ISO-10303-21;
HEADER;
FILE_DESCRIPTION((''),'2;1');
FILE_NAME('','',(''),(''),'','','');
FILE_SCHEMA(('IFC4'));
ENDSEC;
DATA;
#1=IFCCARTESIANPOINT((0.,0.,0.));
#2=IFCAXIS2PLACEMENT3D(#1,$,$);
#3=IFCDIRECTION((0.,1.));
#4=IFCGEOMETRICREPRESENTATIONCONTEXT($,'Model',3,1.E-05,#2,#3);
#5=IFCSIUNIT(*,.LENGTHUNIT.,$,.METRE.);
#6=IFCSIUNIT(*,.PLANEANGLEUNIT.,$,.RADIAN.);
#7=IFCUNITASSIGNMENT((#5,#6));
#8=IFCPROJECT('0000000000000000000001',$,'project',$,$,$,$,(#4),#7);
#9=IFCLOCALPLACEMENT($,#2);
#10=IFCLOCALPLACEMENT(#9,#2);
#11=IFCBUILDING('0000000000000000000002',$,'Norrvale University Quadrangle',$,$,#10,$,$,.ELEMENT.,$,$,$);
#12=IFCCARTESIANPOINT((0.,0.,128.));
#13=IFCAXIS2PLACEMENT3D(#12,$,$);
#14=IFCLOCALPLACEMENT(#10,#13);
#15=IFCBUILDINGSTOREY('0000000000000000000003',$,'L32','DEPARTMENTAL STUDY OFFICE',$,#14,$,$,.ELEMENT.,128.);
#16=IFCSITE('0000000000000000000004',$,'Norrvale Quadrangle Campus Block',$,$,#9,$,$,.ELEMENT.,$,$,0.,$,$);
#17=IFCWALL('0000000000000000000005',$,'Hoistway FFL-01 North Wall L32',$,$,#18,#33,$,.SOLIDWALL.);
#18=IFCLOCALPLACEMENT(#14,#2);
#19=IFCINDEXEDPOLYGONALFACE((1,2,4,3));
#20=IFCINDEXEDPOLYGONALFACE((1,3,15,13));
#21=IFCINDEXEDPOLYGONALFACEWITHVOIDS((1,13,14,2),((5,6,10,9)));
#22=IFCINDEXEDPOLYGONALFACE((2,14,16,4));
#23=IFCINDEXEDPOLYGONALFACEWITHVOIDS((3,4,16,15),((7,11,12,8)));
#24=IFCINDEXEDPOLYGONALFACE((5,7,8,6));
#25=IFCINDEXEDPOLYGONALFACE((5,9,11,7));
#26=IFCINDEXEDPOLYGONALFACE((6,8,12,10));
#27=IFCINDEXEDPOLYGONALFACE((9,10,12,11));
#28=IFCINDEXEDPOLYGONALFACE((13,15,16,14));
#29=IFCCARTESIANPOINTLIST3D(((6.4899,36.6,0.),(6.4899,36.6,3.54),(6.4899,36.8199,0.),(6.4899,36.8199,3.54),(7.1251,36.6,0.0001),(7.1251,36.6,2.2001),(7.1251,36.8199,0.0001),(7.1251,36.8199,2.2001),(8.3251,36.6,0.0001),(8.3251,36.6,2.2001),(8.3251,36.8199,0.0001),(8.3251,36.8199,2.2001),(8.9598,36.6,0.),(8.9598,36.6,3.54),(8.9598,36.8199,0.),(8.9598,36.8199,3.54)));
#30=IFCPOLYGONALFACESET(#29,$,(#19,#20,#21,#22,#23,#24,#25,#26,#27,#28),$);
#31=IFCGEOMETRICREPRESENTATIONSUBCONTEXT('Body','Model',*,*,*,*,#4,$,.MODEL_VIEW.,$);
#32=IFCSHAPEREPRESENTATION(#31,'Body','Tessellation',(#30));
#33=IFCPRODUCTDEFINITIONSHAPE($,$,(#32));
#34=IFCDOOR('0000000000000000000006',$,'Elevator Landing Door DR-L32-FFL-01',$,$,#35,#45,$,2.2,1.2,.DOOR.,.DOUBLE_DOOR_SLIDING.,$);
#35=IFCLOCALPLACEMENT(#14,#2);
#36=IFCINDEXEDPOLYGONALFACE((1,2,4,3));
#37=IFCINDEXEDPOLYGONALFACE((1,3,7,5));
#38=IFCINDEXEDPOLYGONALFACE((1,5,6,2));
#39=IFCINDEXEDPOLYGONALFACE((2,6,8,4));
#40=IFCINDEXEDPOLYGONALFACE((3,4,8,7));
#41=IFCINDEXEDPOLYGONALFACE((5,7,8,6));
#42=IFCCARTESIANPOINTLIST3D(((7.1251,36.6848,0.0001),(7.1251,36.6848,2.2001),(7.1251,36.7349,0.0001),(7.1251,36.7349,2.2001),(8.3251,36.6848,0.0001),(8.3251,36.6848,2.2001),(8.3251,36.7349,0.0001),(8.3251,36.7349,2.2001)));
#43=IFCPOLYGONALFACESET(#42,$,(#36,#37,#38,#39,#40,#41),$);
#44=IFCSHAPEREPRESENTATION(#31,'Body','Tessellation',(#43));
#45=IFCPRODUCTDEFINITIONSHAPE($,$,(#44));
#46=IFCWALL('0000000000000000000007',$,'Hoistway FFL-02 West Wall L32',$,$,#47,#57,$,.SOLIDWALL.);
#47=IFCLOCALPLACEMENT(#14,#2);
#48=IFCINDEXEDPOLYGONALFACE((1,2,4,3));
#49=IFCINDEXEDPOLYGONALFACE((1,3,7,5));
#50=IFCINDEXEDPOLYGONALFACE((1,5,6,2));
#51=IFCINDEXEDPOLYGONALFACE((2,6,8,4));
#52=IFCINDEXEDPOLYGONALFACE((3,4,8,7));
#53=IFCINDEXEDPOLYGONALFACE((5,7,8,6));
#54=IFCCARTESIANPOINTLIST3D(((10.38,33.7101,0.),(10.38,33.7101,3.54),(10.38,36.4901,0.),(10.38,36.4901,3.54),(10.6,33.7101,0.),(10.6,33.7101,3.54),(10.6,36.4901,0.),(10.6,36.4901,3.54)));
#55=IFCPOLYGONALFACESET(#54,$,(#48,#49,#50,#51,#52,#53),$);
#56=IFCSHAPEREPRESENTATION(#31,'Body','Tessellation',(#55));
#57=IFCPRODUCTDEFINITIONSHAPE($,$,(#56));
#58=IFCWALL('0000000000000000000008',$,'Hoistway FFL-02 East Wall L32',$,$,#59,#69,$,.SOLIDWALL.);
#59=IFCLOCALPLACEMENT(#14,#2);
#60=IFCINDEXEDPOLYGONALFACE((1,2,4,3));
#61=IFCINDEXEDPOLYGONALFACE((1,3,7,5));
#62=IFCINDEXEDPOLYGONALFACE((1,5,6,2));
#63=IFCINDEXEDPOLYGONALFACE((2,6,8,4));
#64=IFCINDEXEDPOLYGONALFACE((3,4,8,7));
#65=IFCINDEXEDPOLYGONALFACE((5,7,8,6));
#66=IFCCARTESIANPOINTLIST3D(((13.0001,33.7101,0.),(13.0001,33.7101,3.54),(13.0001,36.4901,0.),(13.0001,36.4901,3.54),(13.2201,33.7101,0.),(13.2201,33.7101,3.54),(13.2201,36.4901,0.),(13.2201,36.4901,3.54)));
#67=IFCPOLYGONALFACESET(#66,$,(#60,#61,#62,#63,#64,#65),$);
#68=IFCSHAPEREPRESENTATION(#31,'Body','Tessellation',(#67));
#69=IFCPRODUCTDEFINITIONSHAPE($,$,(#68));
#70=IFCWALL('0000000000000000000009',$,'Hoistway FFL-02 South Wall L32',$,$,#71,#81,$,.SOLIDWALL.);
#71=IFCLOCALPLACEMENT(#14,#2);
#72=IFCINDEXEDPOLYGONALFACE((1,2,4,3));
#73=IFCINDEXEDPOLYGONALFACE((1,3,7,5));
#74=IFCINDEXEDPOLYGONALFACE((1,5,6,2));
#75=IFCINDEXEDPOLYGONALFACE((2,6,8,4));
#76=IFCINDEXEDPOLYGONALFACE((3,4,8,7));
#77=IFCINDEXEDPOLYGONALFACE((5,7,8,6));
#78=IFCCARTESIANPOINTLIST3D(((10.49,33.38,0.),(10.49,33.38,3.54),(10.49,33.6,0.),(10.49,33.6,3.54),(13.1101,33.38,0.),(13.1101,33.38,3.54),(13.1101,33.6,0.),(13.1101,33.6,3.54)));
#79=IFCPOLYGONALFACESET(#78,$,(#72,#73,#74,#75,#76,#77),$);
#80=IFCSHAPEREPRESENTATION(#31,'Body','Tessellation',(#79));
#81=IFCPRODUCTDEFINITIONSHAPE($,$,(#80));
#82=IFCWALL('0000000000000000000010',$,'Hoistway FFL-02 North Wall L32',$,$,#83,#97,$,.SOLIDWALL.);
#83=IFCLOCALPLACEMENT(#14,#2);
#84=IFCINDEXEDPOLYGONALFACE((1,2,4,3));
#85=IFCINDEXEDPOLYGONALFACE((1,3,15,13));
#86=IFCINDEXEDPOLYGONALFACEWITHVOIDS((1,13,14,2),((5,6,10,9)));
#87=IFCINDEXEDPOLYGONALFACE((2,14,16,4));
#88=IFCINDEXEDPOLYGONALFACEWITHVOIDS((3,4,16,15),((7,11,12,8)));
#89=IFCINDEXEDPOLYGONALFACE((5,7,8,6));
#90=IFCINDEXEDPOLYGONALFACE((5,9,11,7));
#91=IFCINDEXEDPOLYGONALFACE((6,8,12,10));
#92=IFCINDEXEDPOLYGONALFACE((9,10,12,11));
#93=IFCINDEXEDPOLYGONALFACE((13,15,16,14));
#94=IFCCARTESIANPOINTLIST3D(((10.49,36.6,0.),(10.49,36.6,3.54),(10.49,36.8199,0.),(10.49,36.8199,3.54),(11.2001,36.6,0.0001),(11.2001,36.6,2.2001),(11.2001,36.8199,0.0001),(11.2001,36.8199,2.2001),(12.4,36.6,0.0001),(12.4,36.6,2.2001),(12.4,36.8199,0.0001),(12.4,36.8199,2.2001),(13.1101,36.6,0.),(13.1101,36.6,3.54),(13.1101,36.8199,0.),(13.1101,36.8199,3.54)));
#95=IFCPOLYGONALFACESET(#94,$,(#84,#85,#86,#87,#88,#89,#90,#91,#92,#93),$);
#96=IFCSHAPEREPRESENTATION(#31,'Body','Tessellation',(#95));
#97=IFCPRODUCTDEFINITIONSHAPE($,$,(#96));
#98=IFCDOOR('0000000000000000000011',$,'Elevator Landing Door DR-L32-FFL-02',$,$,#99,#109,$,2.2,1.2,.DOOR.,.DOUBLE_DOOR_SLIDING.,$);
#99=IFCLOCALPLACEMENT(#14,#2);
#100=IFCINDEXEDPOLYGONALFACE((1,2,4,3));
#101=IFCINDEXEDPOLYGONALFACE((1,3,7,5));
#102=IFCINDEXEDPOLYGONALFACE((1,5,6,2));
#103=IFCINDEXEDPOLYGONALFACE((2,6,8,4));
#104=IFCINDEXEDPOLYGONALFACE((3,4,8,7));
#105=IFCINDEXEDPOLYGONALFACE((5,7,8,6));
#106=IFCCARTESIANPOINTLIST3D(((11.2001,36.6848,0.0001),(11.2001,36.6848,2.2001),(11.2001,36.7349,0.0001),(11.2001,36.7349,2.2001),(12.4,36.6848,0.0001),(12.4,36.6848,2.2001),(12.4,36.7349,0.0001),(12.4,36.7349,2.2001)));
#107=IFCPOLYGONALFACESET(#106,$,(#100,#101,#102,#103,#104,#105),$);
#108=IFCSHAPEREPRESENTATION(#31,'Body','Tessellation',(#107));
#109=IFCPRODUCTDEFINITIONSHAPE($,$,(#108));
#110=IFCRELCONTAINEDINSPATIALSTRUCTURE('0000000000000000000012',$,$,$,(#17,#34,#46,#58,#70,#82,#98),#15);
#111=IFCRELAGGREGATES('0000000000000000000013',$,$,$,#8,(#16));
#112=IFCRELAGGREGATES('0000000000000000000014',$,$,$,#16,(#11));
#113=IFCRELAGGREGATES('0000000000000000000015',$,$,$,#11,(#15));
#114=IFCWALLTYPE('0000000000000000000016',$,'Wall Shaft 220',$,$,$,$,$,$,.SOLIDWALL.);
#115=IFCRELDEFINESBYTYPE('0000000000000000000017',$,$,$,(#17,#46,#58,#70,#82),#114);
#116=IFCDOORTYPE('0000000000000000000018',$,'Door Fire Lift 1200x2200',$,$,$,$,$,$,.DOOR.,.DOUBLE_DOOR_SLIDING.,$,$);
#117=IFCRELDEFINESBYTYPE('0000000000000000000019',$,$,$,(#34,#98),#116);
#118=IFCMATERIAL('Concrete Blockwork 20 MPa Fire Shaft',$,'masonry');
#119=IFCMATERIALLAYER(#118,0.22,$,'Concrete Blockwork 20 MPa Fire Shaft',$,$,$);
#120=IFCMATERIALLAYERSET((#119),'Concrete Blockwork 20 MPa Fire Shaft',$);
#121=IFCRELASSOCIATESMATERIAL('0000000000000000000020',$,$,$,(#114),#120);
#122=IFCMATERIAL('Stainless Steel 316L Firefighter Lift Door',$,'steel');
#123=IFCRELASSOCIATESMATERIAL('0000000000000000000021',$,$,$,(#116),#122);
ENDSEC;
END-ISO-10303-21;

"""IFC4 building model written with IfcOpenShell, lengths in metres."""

from ifc_helpers import new_model, si_unit, direction, frame, frame_2d, origin, place, context, subcontext, project, spatial, rectangle, extrude, material, layer, layer_set, type_object, element, fill, save


model = new_model("IFC4")

# Units and contexts
model_context = context("Model", 3, precision=1e-05, world=origin(), true_north=direction((0.0, 1.0)))
body_context = subcontext(model_context, "Body", "Model", "MODEL_VIEW")
ifc_project = project(units=[si_unit("LENGTHUNIT", "METRE"), si_unit("PLANEANGLEUNIT", "RADIAN")], contexts=[model_context])

# Site, building, storey
site_placement = place(None, origin())
site = spatial("IfcSite", under=ifc_project, at=site_placement, Name="Norrvale Quadrangle Campus Block", CompositionType="ELEMENT", RefElevation=0.0)
building_placement = place(site_placement, origin())
building = spatial("IfcBuilding", under=site, at=building_placement, Name="Norrvale University Quadrangle", CompositionType="ELEMENT")
storey_placement = place(building_placement, frame((0.0, 0.0, 128.0)))
storey = spatial("IfcBuildingStorey", under=building, at=storey_placement, Name="L32", Description="DEPARTMENTAL STUDY OFFICE", CompositionType="ELEMENT", Elevation=128.0)

# Shared definitions
ifc_material_1 = material(Name="Concrete Blockwork 20 MPa Fire Shaft", Category="masonry")
ifc_layer_1 = layer(ifc_material_1, 0.22, Name="Concrete Blockwork 20 MPa Fire Shaft")
ifc_layer_set_1 = layer_set([ifc_layer_1], Name="Concrete Blockwork 20 MPa Fire Shaft")
wall_type_1 = type_object("IfcWallType", Name="Wall Shaft 220", PredefinedType="SOLIDWALL", material=ifc_layer_set_1)

# Wall, opening, door
wall_1_placement = place(storey_placement, frame((6.49, 36.71, 0.0), z_axis=(0.0, 0.0, 1.0), x_axis=(1.0, 0.0, 0.0)))
wall_1 = element("IfcWall", 1, at=wall_1_placement, inside=storey, type_object=wall_type_1, Name="Hoistway FFL-01 North Wall L32", PredefinedType="SOLIDWALL", context=body_context, shape_type="SweptSolid", body=[
    extrude(rectangle(XDim=2.47, YDim=0.22, at=frame_2d((1.2349, 0.0))), origin(), (0.0, 0.0, 1.0), 3.54),
])
opening_1_placement = place(wall_1_placement, frame((0.635, 0.0, 0.0)))
opening_1 = element("IfcOpeningElement", 2, at=opening_1_placement, cuts=wall_1, PredefinedType="OPENING", context=body_context, shape_type="SweptSolid", body=[
    extrude(rectangle(XDim=1.2, YDim=2.2, at=frame_2d((0.6001, 1.1001))), frame((0.0, 0.1221, 0.0), z_axis=(0.0, -1.0, 0.0), x_axis=(1.0, 0.0, 0.0)), (0.0, 0.0, 1.0), 0.2439),
])
ifc_material_2 = material(Name="Stainless Steel 316L Firefighter Lift Door", Category="steel")
door_type = type_object("IfcDoorType", Name="Door Fire Lift 1200x2200", OperationType="DOUBLE_DOOR_SLIDING", PredefinedType="DOOR", material=ifc_material_2)
door_1_placement = place(opening_1_placement, origin())
door_1 = element("IfcDoor", 3, at=door_1_placement, inside=storey, type_object=door_type, Name="Elevator Landing Door DR-L32-FFL-01", OperationType="DOUBLE_DOOR_SLIDING", OverallHeight=2.2, OverallWidth=1.2, PredefinedType="DOOR", context=body_context, shape_type="SweptSolid", body=[
    extrude(rectangle(XDim=1.2, YDim=2.2, at=frame_2d((0.6001, 1.1001))), frame((0.0, 0.0249, 0.0), z_axis=(0.0, -1.0, 0.0), x_axis=(1.0, 0.0, 0.0)), (0.0, 0.0, 1.0), 0.05),
])
fill(opening_1, door_1)

# Walls
for number, where, z_axis, x_axis, name in (
    (4, (10.49, 33.71, 0.0), (0.0, 0.0, 1.0), (0.0, 1.0, 0.0), "Hoistway FFL-02 West Wall L32"),
    (5, (13.1101, 33.71, 0.0), (0.0, 0.0, 1.0), (0.0, 1.0, 0.0), "Hoistway FFL-02 East Wall L32"),
):
    element("IfcWall", number, at=place(storey_placement, frame(where, z_axis=z_axis, x_axis=x_axis)), inside=storey, type_object=wall_type_1, Name=name, PredefinedType="SOLIDWALL", context=body_context, shape_type="SweptSolid", body=[
        extrude(rectangle(XDim=2.78, YDim=0.22, at=frame_2d((1.3901, 0.0))), origin(), (0.0, 0.0, 1.0), 3.54),
    ])
wall_2_placement = place(storey_placement, frame((10.49, 33.49, 0.0), z_axis=(0.0, 0.0, 1.0), x_axis=(1.0, 0.0, 0.0)))
element("IfcWall", 6, at=wall_2_placement, inside=storey, type_object=wall_type_1, Name="Hoistway FFL-02 South Wall L32", PredefinedType="SOLIDWALL", context=body_context, shape_type="SweptSolid", body=[
    extrude(rectangle(XDim=2.6201, YDim=0.22, at=frame_2d((1.3101, 0.0))), origin(), (0.0, 0.0, 1.0), 3.54),
])

# Wall, opening, door
wall_3_placement = place(storey_placement, frame((10.49, 36.71, 0.0), z_axis=(0.0, 0.0, 1.0), x_axis=(1.0, 0.0, 0.0)))
wall_3 = element("IfcWall", 7, at=wall_3_placement, inside=storey, type_object=wall_type_1, Name="Hoistway FFL-02 North Wall L32", PredefinedType="SOLIDWALL", context=body_context, shape_type="SweptSolid", body=[
    extrude(rectangle(XDim=2.6201, YDim=0.22, at=frame_2d((1.3101, 0.0))), origin(), (0.0, 0.0, 1.0), 3.54),
])
opening_2_placement = place(wall_3_placement, frame((0.71, 0.0, 0.0)))
opening_2 = element("IfcOpeningElement", 8, at=opening_2_placement, cuts=wall_3, PredefinedType="OPENING", context=body_context, shape_type="SweptSolid", body=[
    extrude(rectangle(XDim=1.2, YDim=2.2, at=frame_2d((0.6001, 1.1001))), frame((0.0, 0.1221, 0.0), z_axis=(0.0, -1.0, 0.0), x_axis=(1.0, 0.0, 0.0)), (0.0, 0.0, 1.0), 0.2439),
])
door_2_placement = place(opening_2_placement, origin())
door_2 = element("IfcDoor", 9, at=door_2_placement, inside=storey, type_object=door_type, Name="Elevator Landing Door DR-L32-FFL-02", OperationType="DOUBLE_DOOR_SLIDING", OverallHeight=2.2, OverallWidth=1.2, PredefinedType="DOOR", context=body_context, shape_type="SweptSolid", body=[
    extrude(rectangle(XDim=1.2, YDim=2.2, at=frame_2d((0.6001, 1.1001))), frame((0.0, 0.0249, 0.0), z_axis=(0.0, -1.0, 0.0), x_axis=(1.0, 0.0, 0.0)), (0.0, 0.0, 1.0), 0.05),
])
fill(opening_2, door_2)

save(model, "model.ifc")
